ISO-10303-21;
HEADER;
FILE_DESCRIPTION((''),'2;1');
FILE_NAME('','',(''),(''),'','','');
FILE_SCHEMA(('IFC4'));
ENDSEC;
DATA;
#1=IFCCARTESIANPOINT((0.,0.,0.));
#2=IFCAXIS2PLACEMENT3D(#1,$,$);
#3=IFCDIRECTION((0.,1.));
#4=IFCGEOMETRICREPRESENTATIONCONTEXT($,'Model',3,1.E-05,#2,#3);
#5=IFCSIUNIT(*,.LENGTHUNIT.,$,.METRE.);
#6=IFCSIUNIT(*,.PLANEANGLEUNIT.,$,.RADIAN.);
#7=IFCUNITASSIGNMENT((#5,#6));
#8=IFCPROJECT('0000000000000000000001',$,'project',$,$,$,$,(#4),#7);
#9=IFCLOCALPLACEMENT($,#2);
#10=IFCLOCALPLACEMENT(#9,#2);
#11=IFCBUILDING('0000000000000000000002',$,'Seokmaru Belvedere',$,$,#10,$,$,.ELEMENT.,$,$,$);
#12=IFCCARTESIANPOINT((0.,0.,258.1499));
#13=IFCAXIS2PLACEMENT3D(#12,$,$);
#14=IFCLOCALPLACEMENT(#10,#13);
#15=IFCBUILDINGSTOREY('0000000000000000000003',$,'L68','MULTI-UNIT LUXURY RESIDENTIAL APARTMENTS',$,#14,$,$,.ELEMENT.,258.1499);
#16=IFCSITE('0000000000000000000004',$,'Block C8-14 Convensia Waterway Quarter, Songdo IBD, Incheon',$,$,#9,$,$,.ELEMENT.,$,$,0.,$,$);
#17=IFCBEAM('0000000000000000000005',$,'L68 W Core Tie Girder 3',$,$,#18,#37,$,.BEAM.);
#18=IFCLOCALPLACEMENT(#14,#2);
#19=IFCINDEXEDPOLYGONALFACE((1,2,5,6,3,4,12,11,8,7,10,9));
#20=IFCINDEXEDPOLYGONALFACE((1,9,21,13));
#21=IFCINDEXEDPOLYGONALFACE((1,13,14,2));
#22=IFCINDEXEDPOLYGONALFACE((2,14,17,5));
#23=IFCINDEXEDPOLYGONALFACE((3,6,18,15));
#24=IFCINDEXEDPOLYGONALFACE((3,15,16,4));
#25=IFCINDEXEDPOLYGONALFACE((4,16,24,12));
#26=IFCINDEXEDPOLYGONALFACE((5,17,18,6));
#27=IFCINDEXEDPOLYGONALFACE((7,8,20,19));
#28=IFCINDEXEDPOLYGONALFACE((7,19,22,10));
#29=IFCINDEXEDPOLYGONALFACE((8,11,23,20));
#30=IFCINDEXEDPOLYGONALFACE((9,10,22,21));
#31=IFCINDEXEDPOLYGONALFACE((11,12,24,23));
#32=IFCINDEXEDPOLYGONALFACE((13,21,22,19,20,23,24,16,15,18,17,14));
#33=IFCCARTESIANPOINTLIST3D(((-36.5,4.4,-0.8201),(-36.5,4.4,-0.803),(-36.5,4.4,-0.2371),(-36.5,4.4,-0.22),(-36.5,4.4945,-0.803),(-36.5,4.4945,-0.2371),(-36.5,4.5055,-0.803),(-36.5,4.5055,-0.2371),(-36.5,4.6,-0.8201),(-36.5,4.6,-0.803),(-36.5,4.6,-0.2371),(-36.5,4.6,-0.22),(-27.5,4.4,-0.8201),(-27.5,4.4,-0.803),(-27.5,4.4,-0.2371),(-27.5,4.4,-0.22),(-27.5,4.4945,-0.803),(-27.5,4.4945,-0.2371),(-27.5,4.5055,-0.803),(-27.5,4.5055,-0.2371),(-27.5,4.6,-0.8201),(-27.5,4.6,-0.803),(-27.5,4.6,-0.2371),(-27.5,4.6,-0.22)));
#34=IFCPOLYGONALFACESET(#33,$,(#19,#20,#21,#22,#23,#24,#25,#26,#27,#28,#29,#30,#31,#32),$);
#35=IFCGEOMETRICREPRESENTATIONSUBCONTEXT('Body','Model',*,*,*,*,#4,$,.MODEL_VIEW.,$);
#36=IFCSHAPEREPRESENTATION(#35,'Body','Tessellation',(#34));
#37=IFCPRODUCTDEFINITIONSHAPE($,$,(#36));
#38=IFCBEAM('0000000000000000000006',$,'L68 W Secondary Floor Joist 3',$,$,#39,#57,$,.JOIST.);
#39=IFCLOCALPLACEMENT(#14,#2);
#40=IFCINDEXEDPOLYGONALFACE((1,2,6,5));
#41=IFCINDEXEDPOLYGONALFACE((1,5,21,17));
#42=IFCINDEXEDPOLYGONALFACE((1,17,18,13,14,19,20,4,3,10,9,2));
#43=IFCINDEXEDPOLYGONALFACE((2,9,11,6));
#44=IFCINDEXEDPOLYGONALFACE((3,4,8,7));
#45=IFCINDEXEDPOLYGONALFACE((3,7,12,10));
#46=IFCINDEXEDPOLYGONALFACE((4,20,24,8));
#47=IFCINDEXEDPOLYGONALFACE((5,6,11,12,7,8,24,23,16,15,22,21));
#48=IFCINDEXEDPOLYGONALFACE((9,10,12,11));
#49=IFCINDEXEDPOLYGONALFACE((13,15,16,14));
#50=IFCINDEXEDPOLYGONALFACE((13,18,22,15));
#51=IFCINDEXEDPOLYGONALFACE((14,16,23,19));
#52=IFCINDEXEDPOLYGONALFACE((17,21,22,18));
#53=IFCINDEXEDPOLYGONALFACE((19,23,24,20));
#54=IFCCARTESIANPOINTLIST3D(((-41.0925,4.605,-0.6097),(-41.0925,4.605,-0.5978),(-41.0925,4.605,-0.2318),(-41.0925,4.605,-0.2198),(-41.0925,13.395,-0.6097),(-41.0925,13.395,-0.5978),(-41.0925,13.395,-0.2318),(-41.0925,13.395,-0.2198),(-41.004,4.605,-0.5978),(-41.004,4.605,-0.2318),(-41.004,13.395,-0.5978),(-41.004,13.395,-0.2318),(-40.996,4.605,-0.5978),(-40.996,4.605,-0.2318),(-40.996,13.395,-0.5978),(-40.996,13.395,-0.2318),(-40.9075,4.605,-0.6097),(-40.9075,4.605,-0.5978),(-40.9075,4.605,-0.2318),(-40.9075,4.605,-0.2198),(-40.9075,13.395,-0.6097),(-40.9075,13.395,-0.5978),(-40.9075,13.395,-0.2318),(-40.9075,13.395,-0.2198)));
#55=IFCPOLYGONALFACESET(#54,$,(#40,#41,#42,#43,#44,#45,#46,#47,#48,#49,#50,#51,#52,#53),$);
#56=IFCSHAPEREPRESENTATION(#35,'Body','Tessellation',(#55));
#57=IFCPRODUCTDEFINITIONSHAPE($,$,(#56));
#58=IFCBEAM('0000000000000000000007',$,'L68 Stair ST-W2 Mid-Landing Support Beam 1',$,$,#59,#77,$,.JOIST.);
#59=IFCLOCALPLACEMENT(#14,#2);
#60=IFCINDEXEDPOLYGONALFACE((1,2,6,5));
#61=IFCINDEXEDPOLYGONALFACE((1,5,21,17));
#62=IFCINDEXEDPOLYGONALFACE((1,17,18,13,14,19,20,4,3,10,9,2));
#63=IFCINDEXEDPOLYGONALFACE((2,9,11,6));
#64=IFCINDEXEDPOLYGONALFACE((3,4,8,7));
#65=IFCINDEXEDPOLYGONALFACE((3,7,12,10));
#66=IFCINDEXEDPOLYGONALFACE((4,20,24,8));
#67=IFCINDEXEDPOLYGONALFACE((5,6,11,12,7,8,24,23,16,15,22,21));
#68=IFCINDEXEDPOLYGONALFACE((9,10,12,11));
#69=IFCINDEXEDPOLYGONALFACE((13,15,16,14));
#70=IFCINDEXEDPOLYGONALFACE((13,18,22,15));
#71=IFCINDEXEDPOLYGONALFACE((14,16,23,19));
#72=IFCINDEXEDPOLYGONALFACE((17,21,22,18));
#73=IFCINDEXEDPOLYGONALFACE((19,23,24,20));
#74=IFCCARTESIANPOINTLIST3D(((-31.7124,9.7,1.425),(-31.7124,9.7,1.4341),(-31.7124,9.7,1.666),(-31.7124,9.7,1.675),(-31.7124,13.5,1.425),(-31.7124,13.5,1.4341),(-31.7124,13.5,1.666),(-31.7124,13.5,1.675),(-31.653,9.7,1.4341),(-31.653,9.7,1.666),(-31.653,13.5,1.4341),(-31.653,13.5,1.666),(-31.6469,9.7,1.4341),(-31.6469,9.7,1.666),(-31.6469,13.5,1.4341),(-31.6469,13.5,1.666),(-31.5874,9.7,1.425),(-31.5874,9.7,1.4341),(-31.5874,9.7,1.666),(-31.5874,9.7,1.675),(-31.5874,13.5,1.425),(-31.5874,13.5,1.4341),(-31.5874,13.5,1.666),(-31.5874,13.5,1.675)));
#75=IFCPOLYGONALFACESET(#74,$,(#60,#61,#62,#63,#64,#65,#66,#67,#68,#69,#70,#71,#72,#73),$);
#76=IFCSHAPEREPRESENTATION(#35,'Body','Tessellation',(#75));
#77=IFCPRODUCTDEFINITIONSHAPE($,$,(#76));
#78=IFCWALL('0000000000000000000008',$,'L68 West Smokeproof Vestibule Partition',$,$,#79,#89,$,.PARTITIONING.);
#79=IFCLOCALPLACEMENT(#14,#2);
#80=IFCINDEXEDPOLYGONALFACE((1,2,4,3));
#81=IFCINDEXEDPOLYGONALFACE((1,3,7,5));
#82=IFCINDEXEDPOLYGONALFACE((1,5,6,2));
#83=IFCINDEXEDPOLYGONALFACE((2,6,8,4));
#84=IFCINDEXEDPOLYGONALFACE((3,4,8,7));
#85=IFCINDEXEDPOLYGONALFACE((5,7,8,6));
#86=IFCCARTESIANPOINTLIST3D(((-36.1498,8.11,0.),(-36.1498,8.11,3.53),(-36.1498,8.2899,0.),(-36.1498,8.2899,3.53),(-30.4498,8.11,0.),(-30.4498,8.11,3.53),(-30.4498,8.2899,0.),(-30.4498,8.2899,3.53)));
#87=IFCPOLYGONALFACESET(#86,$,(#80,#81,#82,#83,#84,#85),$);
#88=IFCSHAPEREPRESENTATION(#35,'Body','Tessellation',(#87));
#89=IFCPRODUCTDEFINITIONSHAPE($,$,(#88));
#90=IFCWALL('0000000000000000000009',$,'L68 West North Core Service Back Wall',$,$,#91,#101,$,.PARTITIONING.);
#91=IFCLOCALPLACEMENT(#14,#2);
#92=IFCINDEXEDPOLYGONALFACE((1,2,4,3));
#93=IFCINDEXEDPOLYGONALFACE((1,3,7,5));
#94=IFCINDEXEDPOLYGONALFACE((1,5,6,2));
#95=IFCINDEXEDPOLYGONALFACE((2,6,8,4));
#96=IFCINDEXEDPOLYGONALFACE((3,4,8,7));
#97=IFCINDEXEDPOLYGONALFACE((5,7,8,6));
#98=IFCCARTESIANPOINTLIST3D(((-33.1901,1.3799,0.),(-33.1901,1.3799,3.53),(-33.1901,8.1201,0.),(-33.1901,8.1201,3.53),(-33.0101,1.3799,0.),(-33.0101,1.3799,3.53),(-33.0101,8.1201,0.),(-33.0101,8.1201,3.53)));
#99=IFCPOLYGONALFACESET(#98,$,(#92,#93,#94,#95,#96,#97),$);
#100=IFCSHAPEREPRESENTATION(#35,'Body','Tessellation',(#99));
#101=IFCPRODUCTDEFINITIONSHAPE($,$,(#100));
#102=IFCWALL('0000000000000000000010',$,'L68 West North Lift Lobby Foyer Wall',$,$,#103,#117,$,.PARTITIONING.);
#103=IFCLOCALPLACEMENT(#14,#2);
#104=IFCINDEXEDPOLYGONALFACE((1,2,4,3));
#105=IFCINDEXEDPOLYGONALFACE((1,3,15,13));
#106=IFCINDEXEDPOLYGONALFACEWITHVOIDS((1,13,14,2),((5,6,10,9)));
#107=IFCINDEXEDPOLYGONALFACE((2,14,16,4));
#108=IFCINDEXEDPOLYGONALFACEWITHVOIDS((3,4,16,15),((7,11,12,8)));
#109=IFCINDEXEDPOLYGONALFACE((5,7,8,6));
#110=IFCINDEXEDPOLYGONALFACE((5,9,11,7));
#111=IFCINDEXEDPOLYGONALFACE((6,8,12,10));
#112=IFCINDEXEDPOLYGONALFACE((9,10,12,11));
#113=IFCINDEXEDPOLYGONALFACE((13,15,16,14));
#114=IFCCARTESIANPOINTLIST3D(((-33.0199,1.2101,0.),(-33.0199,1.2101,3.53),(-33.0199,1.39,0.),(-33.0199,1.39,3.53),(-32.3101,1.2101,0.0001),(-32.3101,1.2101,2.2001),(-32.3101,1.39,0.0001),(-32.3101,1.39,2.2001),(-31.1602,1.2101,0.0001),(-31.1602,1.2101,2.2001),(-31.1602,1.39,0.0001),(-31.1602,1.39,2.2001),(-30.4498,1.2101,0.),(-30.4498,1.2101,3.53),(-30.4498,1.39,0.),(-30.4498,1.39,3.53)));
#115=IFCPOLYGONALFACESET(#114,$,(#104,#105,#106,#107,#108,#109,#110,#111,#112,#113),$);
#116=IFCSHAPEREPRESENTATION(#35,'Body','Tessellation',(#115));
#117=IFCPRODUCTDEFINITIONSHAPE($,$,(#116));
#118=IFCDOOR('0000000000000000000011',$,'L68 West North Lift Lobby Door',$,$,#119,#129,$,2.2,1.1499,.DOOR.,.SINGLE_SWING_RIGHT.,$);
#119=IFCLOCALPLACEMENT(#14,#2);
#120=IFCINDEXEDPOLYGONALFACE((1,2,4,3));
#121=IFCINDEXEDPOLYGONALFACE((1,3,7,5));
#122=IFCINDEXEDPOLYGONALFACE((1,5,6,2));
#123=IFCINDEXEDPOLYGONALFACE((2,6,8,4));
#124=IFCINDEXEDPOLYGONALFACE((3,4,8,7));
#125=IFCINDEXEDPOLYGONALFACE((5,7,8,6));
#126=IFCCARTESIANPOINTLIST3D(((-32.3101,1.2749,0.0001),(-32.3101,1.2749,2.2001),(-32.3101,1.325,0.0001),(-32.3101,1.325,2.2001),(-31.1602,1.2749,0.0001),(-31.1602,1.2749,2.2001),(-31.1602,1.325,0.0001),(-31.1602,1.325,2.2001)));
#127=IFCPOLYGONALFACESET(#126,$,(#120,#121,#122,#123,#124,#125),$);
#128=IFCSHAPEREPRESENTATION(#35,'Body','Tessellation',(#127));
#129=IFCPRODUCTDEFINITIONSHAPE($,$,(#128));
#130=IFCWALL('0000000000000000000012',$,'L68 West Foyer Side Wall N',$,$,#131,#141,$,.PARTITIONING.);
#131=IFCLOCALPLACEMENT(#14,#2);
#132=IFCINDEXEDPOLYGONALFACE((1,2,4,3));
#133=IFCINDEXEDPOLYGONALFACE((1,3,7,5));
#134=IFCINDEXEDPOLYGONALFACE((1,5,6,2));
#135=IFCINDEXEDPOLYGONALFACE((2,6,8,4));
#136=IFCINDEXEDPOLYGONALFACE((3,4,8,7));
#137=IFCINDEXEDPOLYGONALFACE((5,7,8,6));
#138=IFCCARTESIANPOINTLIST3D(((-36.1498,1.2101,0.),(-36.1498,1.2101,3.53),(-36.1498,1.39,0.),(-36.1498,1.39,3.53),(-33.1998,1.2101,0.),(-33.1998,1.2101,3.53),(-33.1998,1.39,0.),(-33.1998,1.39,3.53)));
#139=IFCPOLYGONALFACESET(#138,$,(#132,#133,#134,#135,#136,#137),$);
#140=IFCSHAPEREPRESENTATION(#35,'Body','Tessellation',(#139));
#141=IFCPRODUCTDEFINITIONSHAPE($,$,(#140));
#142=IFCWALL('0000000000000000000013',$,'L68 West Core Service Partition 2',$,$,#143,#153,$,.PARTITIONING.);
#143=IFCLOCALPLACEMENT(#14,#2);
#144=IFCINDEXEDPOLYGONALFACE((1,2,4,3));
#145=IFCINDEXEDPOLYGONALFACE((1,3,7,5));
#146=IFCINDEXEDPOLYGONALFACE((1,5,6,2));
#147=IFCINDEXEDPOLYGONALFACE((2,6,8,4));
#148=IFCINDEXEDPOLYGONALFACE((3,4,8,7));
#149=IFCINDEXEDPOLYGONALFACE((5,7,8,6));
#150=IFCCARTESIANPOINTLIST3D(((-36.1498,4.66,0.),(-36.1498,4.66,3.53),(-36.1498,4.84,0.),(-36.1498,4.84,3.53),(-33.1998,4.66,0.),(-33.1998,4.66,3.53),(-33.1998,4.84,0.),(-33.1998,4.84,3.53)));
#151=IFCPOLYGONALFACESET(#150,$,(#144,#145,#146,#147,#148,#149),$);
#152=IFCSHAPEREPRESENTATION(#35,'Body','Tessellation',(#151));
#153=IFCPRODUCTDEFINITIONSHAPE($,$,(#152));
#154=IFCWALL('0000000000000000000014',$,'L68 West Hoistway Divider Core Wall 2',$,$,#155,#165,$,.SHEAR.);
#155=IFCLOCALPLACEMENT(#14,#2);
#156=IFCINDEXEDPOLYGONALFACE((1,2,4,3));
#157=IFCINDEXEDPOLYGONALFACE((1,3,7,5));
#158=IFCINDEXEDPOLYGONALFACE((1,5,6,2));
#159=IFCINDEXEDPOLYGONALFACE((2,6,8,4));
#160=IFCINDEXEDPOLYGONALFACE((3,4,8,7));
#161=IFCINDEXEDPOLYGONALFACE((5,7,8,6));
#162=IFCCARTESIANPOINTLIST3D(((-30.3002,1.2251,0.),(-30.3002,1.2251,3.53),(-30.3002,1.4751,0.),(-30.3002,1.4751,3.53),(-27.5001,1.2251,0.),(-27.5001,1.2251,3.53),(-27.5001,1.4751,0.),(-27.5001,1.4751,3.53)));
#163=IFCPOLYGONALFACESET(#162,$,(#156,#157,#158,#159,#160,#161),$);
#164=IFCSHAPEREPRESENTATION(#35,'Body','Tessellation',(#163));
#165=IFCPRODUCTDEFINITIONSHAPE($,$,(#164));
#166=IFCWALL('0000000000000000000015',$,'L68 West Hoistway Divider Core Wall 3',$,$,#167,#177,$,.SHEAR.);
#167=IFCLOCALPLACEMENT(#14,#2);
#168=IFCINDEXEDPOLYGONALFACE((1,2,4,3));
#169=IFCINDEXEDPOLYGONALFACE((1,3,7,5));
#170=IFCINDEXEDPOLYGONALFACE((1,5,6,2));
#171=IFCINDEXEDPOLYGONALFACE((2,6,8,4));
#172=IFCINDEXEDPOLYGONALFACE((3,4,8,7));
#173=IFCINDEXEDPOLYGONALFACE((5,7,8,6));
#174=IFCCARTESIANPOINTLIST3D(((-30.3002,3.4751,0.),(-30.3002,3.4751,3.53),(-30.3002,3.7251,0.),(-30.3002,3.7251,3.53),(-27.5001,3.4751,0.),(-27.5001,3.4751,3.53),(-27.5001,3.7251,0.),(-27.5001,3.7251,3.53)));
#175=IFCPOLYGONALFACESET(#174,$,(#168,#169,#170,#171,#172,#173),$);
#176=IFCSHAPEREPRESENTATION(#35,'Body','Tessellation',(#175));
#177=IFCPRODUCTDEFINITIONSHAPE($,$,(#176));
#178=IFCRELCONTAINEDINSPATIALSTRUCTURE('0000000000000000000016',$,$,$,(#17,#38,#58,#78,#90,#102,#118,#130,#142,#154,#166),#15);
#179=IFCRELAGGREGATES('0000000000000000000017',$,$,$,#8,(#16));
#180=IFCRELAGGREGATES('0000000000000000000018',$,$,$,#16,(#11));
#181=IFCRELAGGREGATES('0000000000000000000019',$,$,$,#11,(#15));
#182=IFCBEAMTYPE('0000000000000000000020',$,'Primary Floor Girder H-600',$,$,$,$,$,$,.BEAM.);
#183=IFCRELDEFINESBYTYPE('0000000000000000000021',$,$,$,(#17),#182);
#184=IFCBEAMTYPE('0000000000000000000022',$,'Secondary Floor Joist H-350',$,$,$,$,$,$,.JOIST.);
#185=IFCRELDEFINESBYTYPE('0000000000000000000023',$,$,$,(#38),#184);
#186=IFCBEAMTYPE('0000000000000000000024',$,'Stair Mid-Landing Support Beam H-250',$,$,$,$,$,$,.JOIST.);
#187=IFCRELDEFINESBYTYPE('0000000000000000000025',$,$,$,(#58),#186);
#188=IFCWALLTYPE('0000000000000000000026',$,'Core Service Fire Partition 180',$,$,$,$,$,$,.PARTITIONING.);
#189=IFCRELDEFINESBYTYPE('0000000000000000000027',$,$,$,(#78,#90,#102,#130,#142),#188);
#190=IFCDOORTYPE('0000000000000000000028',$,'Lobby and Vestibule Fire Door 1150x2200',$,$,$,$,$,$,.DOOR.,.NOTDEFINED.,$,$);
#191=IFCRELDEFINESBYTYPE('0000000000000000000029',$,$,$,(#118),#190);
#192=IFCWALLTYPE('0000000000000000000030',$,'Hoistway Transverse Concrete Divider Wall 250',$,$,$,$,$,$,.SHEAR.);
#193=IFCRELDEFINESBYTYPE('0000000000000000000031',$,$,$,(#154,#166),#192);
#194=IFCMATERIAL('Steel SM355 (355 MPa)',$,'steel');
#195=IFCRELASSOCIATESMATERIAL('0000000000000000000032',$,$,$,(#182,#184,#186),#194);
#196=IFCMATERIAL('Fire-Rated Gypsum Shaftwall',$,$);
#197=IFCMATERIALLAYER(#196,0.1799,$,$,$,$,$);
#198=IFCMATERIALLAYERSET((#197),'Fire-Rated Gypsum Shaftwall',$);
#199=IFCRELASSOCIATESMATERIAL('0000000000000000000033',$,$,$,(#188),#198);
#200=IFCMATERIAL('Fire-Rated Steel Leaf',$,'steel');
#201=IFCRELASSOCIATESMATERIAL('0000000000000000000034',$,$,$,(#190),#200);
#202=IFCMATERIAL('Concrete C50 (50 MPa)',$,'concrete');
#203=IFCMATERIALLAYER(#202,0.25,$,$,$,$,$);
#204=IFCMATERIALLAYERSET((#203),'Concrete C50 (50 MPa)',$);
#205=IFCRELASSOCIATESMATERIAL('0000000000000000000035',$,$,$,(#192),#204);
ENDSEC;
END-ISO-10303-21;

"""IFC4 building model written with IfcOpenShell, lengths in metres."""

from ifc_helpers import new_model, si_unit, direction, frame, frame_2d, origin, origin_2d, place, context, subcontext, project, spatial, rectangle, i_section, extrude, source, transform, mapped, material, layer, layer_set, material_profile, profile_set, type_object, type_shapes, element, fill, save


model = new_model("IFC4")

# Units and contexts
model_context = context("Model", 3, precision=1e-05, world=origin(), true_north=direction((0.0, 1.0)))
body_context = subcontext(model_context, "Body", "Model", "MODEL_VIEW")
ifc_project = project(units=[si_unit("LENGTHUNIT", "METRE"), si_unit("PLANEANGLEUNIT", "RADIAN")], contexts=[model_context])

# Site, building, storey
site_placement = place(None, origin())
site = spatial("IfcSite", under=ifc_project, at=site_placement, Name="Block C8-14 Convensia Waterway Quarter, Songdo IBD, Incheon", CompositionType="ELEMENT", RefElevation=0.0)
building_placement = place(site_placement, origin())
building = spatial("IfcBuilding", under=site, at=building_placement, Name="Seokmaru Belvedere", CompositionType="ELEMENT")
storey_placement = place(building_placement, frame((0.0, 0.0, 258.1499)))
storey = spatial("IfcBuildingStorey", under=building, at=storey_placement, Name="L68", Description="MULTI-UNIT LUXURY RESIDENTIAL APARTMENTS", CompositionType="ELEMENT", Elevation=258.1499)

# Beams
ifc_material_1 = material(Name="Steel SM355 (355 MPa)", Category="steel")
ifc_material_profile_1 = material_profile(ifc_material_1, i_section(OverallWidth=0.2, OverallDepth=0.6001, WebThickness=0.011, FlangeThickness=0.0171, at=origin_2d()), Name="H-600x200x11x17")
ifc_profile_set_1 = profile_set([ifc_material_profile_1], Name="Steel SM355 (355 MPa)")
beam_type_1 = type_object("IfcBeamType", Name="Primary Floor Girder H-600", PredefinedType="BEAM", material=ifc_profile_set_1)
shared_shape_1 = source(origin(), body_context, "Body", "SweptSolid", [
    extrude(i_section(OverallWidth=0.2, OverallDepth=0.6001, WebThickness=0.011, FlangeThickness=0.0171, at=origin_2d()), origin(), (0.0, 0.0, 1.0), 9.0),
])
type_shapes(beam_type_1, [shared_shape_1])
beam_1_placement = place(storey_placement, frame((-36.5, 4.5, -0.52), z_axis=(1.0, 0.0, 0.0), x_axis=(0.0, 1.0, 0.0)))
element("IfcBeam", 1, at=beam_1_placement, inside=storey, type_object=beam_type_1, Name="L68 W Core Tie Girder 3", PredefinedType="BEAM", context=body_context, shape_type="MappedRepresentation", body=[
    mapped(shared_shape_1, transform((0.0, 0.0, 0.0), scale=1.0)),
])
ifc_material_profile_2 = material_profile(ifc_material_1, i_section(OverallWidth=0.1851, OverallDepth=0.3899, WebThickness=0.0081, FlangeThickness=0.012, at=origin_2d()), Name="H-390x185x8x12")
ifc_profile_set_2 = profile_set([ifc_material_profile_2], Name="Steel SM355 (355 MPa)")
beam_type_2 = type_object("IfcBeamType", Name="Secondary Floor Joist H-350", PredefinedType="JOIST", material=ifc_profile_set_2)
shared_shape_2 = source(origin(), body_context, "Body", "SweptSolid", [
    extrude(i_section(OverallWidth=0.1851, OverallDepth=0.3899, WebThickness=0.0081, FlangeThickness=0.012, at=origin_2d()), origin(), (0.0, 0.0, 1.0), 8.79),
])
type_shapes(beam_type_2, [shared_shape_2])
beam_2_placement = place(storey_placement, frame((-41.0, 4.605, -0.4148), z_axis=(0.0, 1.0, 0.0), x_axis=(-1.0, 0.0, 0.0)))
element("IfcBeam", 2, at=beam_2_placement, inside=storey, type_object=beam_type_2, Name="L68 W Secondary Floor Joist 3", PredefinedType="JOIST", context=body_context, shape_type="MappedRepresentation", body=[
    mapped(shared_shape_2, transform((0.0, 0.0, 0.0), scale=1.0)),
])
ifc_material_profile_3 = material_profile(ifc_material_1, i_section(OverallWidth=0.125, OverallDepth=0.25, WebThickness=0.0061, FlangeThickness=0.009, at=origin_2d()), Name="H-250x125x6x9")
ifc_profile_set_3 = profile_set([ifc_material_profile_3], Name="Steel SM355 (355 MPa)")
beam_type_3 = type_object("IfcBeamType", Name="Stair Mid-Landing Support Beam H-250", PredefinedType="JOIST", material=ifc_profile_set_3)
shared_shape_3 = source(origin(), body_context, "Body", "SweptSolid", [
    extrude(i_section(OverallWidth=0.125, OverallDepth=0.25, WebThickness=0.0061, FlangeThickness=0.009, at=origin_2d()), origin(), (0.0, 0.0, 1.0), 3.8),
])
type_shapes(beam_type_3, [shared_shape_3])
beam_3_placement = place(storey_placement, frame((-31.6499, 9.7, 1.55), z_axis=(0.0, 1.0, 0.0), x_axis=(-1.0, 0.0, 0.0)))
element("IfcBeam", 3, at=beam_3_placement, inside=storey, type_object=beam_type_3, Name="L68 Stair ST-W2 Mid-Landing Support Beam 1", PredefinedType="JOIST", context=body_context, shape_type="MappedRepresentation", body=[
    mapped(shared_shape_3, transform((0.0, 0.0, 0.0), scale=1.0)),
])

# Walls
ifc_material_2 = material(Name="Fire-Rated Gypsum Shaftwall")
ifc_layer_1 = layer(ifc_material_2, 0.1799)
ifc_layer_set_1 = layer_set([ifc_layer_1], Name="Fire-Rated Gypsum Shaftwall")
wall_type_1 = type_object("IfcWallType", Name="Core Service Fire Partition 180", PredefinedType="PARTITIONING", material=ifc_layer_set_1)
wall_1_placement = place(storey_placement, frame((-36.1499, 8.2, 0.0), z_axis=(0.0, 0.0, 1.0), x_axis=(1.0, 0.0, 0.0)))
element("IfcWall", 4, at=wall_1_placement, inside=storey, type_object=wall_type_1, Name="L68 West Smokeproof Vestibule Partition", PredefinedType="PARTITIONING", context=body_context, shape_type="SweptSolid", body=[
    extrude(rectangle(XDim=5.7, YDim=0.1799, at=frame_2d((2.8501, 0.0))), origin(), (0.0, 0.0, 1.0), 3.53),
])
wall_2_placement = place(storey_placement, frame((-33.1001, 1.3799, 0.0), z_axis=(0.0, 0.0, 1.0), x_axis=(0.0, 1.0, 0.0)))
element("IfcWall", 5, at=wall_2_placement, inside=storey, type_object=wall_type_1, Name="L68 West North Core Service Back Wall", PredefinedType="PARTITIONING", context=body_context, shape_type="SweptSolid", body=[
    extrude(rectangle(XDim=6.7402, YDim=0.1799, at=frame_2d((3.3701, 0.0))), origin(), (0.0, 0.0, 1.0), 3.53),
])

# Wall, opening, door
wall_3_placement = place(storey_placement, frame((-33.02, 1.3, 0.0), z_axis=(0.0, 0.0, 1.0), x_axis=(1.0, 0.0, 0.0)))
wall_3 = element("IfcWall", 6, at=wall_3_placement, inside=storey, type_object=wall_type_1, Name="L68 West North Lift Lobby Foyer Wall", PredefinedType="PARTITIONING", context=body_context, shape_type="SweptSolid", body=[
    extrude(rectangle(XDim=2.5701, YDim=0.1799, at=frame_2d((1.2852, 0.0))), origin(), (0.0, 0.0, 1.0), 3.53),
])
opening_1_placement = place(wall_3_placement, frame((0.71, 0.0, 0.0)))
opening_1 = element("IfcOpeningElement", 7, at=opening_1_placement, cuts=wall_3, PredefinedType="OPENING", context=body_context, shape_type="SweptSolid", body=[
    extrude(rectangle(XDim=1.1499, YDim=2.2, at=frame_2d((0.575, 1.1001))), frame((0.0, 0.1001, 0.0), z_axis=(0.0, -1.0, 0.0), x_axis=(1.0, 0.0, 0.0)), (0.0, 0.0, 1.0), 0.2),
])
ifc_material_3 = material(Name="Fire-Rated Steel Leaf", Category="steel")
door_type_1 = type_object("IfcDoorType", Name="Lobby and Vestibule Fire Door 1150x2200", OperationType="NOTDEFINED", PredefinedType="DOOR", material=ifc_material_3)
shared_shape_4 = source(origin(), body_context, "Body", "SweptSolid", [
    extrude(rectangle(XDim=1.1499, YDim=2.2, at=frame_2d((0.575, 1.1001))), frame((0.0, 0.0249, 0.0), z_axis=(0.0, -1.0, 0.0), x_axis=(1.0, 0.0, 0.0)), (0.0, 0.0, 1.0), 0.05),
])
type_shapes(door_type_1, [shared_shape_4])
door_1_placement = place(opening_1_placement, origin())
door_1 = element("IfcDoor", 8, at=door_1_placement, inside=storey, type_object=door_type_1, Name="L68 West North Lift Lobby Door", OperationType="SINGLE_SWING_RIGHT", OverallHeight=2.2, OverallWidth=1.1499, PredefinedType="DOOR", context=body_context, shape_type="MappedRepresentation", body=[
    mapped(shared_shape_4, transform((0.0, 0.0, 0.0), scale=1.0)),
])
fill(opening_1, door_1)

# Walls
for number, where, z_axis, x_axis, name in (
    (9, (-36.1499, 1.3, 0.0), (0.0, 0.0, 1.0), (1.0, 0.0, 0.0), "L68 West Foyer Side Wall N"),
    (10, (-36.1499, 4.75, 0.0), (0.0, 0.0, 1.0), (1.0, 0.0, 0.0), "L68 West Core Service Partition 2"),
):
    element("IfcWall", number, at=place(storey_placement, frame(where, z_axis=z_axis, x_axis=x_axis)), inside=storey, type_object=wall_type_1, Name=name, PredefinedType="PARTITIONING", context=body_context, shape_type="SweptSolid", body=[
        extrude(rectangle(XDim=2.95, YDim=0.1799, at=frame_2d((1.4751, 0.0))), origin(), (0.0, 0.0, 1.0), 3.53),
    ])
ifc_material_4 = material(Name="Concrete C50 (50 MPa)", Category="concrete")
ifc_layer_2 = layer(ifc_material_4, 0.25)
ifc_layer_set_2 = layer_set([ifc_layer_2], Name="Concrete C50 (50 MPa)")
wall_type_2 = type_object("IfcWallType", Name="Hoistway Transverse Concrete Divider Wall 250", PredefinedType="SHEAR", material=ifc_layer_set_2)
for number, where, z_axis, x_axis, name in (
    (11, (-30.3, 1.3501, 0.0), (0.0, 0.0, 1.0), (1.0, 0.0, 0.0), "L68 West Hoistway Divider Core Wall 2"),
    (12, (-30.3, 3.6001, 0.0), (0.0, 0.0, 1.0), (1.0, 0.0, 0.0), "L68 West Hoistway Divider Core Wall 3"),
):
    element("IfcWall", number, at=place(storey_placement, frame(where, z_axis=z_axis, x_axis=x_axis)), inside=storey, type_object=wall_type_2, Name=name, PredefinedType="SHEAR", context=body_context, shape_type="SweptSolid", body=[
        extrude(rectangle(XDim=2.8, YDim=0.25, at=frame_2d((1.3999, 0.0))), origin(), (0.0, 0.0, 1.0), 3.53),
    ])

save(model, "model.ifc")
